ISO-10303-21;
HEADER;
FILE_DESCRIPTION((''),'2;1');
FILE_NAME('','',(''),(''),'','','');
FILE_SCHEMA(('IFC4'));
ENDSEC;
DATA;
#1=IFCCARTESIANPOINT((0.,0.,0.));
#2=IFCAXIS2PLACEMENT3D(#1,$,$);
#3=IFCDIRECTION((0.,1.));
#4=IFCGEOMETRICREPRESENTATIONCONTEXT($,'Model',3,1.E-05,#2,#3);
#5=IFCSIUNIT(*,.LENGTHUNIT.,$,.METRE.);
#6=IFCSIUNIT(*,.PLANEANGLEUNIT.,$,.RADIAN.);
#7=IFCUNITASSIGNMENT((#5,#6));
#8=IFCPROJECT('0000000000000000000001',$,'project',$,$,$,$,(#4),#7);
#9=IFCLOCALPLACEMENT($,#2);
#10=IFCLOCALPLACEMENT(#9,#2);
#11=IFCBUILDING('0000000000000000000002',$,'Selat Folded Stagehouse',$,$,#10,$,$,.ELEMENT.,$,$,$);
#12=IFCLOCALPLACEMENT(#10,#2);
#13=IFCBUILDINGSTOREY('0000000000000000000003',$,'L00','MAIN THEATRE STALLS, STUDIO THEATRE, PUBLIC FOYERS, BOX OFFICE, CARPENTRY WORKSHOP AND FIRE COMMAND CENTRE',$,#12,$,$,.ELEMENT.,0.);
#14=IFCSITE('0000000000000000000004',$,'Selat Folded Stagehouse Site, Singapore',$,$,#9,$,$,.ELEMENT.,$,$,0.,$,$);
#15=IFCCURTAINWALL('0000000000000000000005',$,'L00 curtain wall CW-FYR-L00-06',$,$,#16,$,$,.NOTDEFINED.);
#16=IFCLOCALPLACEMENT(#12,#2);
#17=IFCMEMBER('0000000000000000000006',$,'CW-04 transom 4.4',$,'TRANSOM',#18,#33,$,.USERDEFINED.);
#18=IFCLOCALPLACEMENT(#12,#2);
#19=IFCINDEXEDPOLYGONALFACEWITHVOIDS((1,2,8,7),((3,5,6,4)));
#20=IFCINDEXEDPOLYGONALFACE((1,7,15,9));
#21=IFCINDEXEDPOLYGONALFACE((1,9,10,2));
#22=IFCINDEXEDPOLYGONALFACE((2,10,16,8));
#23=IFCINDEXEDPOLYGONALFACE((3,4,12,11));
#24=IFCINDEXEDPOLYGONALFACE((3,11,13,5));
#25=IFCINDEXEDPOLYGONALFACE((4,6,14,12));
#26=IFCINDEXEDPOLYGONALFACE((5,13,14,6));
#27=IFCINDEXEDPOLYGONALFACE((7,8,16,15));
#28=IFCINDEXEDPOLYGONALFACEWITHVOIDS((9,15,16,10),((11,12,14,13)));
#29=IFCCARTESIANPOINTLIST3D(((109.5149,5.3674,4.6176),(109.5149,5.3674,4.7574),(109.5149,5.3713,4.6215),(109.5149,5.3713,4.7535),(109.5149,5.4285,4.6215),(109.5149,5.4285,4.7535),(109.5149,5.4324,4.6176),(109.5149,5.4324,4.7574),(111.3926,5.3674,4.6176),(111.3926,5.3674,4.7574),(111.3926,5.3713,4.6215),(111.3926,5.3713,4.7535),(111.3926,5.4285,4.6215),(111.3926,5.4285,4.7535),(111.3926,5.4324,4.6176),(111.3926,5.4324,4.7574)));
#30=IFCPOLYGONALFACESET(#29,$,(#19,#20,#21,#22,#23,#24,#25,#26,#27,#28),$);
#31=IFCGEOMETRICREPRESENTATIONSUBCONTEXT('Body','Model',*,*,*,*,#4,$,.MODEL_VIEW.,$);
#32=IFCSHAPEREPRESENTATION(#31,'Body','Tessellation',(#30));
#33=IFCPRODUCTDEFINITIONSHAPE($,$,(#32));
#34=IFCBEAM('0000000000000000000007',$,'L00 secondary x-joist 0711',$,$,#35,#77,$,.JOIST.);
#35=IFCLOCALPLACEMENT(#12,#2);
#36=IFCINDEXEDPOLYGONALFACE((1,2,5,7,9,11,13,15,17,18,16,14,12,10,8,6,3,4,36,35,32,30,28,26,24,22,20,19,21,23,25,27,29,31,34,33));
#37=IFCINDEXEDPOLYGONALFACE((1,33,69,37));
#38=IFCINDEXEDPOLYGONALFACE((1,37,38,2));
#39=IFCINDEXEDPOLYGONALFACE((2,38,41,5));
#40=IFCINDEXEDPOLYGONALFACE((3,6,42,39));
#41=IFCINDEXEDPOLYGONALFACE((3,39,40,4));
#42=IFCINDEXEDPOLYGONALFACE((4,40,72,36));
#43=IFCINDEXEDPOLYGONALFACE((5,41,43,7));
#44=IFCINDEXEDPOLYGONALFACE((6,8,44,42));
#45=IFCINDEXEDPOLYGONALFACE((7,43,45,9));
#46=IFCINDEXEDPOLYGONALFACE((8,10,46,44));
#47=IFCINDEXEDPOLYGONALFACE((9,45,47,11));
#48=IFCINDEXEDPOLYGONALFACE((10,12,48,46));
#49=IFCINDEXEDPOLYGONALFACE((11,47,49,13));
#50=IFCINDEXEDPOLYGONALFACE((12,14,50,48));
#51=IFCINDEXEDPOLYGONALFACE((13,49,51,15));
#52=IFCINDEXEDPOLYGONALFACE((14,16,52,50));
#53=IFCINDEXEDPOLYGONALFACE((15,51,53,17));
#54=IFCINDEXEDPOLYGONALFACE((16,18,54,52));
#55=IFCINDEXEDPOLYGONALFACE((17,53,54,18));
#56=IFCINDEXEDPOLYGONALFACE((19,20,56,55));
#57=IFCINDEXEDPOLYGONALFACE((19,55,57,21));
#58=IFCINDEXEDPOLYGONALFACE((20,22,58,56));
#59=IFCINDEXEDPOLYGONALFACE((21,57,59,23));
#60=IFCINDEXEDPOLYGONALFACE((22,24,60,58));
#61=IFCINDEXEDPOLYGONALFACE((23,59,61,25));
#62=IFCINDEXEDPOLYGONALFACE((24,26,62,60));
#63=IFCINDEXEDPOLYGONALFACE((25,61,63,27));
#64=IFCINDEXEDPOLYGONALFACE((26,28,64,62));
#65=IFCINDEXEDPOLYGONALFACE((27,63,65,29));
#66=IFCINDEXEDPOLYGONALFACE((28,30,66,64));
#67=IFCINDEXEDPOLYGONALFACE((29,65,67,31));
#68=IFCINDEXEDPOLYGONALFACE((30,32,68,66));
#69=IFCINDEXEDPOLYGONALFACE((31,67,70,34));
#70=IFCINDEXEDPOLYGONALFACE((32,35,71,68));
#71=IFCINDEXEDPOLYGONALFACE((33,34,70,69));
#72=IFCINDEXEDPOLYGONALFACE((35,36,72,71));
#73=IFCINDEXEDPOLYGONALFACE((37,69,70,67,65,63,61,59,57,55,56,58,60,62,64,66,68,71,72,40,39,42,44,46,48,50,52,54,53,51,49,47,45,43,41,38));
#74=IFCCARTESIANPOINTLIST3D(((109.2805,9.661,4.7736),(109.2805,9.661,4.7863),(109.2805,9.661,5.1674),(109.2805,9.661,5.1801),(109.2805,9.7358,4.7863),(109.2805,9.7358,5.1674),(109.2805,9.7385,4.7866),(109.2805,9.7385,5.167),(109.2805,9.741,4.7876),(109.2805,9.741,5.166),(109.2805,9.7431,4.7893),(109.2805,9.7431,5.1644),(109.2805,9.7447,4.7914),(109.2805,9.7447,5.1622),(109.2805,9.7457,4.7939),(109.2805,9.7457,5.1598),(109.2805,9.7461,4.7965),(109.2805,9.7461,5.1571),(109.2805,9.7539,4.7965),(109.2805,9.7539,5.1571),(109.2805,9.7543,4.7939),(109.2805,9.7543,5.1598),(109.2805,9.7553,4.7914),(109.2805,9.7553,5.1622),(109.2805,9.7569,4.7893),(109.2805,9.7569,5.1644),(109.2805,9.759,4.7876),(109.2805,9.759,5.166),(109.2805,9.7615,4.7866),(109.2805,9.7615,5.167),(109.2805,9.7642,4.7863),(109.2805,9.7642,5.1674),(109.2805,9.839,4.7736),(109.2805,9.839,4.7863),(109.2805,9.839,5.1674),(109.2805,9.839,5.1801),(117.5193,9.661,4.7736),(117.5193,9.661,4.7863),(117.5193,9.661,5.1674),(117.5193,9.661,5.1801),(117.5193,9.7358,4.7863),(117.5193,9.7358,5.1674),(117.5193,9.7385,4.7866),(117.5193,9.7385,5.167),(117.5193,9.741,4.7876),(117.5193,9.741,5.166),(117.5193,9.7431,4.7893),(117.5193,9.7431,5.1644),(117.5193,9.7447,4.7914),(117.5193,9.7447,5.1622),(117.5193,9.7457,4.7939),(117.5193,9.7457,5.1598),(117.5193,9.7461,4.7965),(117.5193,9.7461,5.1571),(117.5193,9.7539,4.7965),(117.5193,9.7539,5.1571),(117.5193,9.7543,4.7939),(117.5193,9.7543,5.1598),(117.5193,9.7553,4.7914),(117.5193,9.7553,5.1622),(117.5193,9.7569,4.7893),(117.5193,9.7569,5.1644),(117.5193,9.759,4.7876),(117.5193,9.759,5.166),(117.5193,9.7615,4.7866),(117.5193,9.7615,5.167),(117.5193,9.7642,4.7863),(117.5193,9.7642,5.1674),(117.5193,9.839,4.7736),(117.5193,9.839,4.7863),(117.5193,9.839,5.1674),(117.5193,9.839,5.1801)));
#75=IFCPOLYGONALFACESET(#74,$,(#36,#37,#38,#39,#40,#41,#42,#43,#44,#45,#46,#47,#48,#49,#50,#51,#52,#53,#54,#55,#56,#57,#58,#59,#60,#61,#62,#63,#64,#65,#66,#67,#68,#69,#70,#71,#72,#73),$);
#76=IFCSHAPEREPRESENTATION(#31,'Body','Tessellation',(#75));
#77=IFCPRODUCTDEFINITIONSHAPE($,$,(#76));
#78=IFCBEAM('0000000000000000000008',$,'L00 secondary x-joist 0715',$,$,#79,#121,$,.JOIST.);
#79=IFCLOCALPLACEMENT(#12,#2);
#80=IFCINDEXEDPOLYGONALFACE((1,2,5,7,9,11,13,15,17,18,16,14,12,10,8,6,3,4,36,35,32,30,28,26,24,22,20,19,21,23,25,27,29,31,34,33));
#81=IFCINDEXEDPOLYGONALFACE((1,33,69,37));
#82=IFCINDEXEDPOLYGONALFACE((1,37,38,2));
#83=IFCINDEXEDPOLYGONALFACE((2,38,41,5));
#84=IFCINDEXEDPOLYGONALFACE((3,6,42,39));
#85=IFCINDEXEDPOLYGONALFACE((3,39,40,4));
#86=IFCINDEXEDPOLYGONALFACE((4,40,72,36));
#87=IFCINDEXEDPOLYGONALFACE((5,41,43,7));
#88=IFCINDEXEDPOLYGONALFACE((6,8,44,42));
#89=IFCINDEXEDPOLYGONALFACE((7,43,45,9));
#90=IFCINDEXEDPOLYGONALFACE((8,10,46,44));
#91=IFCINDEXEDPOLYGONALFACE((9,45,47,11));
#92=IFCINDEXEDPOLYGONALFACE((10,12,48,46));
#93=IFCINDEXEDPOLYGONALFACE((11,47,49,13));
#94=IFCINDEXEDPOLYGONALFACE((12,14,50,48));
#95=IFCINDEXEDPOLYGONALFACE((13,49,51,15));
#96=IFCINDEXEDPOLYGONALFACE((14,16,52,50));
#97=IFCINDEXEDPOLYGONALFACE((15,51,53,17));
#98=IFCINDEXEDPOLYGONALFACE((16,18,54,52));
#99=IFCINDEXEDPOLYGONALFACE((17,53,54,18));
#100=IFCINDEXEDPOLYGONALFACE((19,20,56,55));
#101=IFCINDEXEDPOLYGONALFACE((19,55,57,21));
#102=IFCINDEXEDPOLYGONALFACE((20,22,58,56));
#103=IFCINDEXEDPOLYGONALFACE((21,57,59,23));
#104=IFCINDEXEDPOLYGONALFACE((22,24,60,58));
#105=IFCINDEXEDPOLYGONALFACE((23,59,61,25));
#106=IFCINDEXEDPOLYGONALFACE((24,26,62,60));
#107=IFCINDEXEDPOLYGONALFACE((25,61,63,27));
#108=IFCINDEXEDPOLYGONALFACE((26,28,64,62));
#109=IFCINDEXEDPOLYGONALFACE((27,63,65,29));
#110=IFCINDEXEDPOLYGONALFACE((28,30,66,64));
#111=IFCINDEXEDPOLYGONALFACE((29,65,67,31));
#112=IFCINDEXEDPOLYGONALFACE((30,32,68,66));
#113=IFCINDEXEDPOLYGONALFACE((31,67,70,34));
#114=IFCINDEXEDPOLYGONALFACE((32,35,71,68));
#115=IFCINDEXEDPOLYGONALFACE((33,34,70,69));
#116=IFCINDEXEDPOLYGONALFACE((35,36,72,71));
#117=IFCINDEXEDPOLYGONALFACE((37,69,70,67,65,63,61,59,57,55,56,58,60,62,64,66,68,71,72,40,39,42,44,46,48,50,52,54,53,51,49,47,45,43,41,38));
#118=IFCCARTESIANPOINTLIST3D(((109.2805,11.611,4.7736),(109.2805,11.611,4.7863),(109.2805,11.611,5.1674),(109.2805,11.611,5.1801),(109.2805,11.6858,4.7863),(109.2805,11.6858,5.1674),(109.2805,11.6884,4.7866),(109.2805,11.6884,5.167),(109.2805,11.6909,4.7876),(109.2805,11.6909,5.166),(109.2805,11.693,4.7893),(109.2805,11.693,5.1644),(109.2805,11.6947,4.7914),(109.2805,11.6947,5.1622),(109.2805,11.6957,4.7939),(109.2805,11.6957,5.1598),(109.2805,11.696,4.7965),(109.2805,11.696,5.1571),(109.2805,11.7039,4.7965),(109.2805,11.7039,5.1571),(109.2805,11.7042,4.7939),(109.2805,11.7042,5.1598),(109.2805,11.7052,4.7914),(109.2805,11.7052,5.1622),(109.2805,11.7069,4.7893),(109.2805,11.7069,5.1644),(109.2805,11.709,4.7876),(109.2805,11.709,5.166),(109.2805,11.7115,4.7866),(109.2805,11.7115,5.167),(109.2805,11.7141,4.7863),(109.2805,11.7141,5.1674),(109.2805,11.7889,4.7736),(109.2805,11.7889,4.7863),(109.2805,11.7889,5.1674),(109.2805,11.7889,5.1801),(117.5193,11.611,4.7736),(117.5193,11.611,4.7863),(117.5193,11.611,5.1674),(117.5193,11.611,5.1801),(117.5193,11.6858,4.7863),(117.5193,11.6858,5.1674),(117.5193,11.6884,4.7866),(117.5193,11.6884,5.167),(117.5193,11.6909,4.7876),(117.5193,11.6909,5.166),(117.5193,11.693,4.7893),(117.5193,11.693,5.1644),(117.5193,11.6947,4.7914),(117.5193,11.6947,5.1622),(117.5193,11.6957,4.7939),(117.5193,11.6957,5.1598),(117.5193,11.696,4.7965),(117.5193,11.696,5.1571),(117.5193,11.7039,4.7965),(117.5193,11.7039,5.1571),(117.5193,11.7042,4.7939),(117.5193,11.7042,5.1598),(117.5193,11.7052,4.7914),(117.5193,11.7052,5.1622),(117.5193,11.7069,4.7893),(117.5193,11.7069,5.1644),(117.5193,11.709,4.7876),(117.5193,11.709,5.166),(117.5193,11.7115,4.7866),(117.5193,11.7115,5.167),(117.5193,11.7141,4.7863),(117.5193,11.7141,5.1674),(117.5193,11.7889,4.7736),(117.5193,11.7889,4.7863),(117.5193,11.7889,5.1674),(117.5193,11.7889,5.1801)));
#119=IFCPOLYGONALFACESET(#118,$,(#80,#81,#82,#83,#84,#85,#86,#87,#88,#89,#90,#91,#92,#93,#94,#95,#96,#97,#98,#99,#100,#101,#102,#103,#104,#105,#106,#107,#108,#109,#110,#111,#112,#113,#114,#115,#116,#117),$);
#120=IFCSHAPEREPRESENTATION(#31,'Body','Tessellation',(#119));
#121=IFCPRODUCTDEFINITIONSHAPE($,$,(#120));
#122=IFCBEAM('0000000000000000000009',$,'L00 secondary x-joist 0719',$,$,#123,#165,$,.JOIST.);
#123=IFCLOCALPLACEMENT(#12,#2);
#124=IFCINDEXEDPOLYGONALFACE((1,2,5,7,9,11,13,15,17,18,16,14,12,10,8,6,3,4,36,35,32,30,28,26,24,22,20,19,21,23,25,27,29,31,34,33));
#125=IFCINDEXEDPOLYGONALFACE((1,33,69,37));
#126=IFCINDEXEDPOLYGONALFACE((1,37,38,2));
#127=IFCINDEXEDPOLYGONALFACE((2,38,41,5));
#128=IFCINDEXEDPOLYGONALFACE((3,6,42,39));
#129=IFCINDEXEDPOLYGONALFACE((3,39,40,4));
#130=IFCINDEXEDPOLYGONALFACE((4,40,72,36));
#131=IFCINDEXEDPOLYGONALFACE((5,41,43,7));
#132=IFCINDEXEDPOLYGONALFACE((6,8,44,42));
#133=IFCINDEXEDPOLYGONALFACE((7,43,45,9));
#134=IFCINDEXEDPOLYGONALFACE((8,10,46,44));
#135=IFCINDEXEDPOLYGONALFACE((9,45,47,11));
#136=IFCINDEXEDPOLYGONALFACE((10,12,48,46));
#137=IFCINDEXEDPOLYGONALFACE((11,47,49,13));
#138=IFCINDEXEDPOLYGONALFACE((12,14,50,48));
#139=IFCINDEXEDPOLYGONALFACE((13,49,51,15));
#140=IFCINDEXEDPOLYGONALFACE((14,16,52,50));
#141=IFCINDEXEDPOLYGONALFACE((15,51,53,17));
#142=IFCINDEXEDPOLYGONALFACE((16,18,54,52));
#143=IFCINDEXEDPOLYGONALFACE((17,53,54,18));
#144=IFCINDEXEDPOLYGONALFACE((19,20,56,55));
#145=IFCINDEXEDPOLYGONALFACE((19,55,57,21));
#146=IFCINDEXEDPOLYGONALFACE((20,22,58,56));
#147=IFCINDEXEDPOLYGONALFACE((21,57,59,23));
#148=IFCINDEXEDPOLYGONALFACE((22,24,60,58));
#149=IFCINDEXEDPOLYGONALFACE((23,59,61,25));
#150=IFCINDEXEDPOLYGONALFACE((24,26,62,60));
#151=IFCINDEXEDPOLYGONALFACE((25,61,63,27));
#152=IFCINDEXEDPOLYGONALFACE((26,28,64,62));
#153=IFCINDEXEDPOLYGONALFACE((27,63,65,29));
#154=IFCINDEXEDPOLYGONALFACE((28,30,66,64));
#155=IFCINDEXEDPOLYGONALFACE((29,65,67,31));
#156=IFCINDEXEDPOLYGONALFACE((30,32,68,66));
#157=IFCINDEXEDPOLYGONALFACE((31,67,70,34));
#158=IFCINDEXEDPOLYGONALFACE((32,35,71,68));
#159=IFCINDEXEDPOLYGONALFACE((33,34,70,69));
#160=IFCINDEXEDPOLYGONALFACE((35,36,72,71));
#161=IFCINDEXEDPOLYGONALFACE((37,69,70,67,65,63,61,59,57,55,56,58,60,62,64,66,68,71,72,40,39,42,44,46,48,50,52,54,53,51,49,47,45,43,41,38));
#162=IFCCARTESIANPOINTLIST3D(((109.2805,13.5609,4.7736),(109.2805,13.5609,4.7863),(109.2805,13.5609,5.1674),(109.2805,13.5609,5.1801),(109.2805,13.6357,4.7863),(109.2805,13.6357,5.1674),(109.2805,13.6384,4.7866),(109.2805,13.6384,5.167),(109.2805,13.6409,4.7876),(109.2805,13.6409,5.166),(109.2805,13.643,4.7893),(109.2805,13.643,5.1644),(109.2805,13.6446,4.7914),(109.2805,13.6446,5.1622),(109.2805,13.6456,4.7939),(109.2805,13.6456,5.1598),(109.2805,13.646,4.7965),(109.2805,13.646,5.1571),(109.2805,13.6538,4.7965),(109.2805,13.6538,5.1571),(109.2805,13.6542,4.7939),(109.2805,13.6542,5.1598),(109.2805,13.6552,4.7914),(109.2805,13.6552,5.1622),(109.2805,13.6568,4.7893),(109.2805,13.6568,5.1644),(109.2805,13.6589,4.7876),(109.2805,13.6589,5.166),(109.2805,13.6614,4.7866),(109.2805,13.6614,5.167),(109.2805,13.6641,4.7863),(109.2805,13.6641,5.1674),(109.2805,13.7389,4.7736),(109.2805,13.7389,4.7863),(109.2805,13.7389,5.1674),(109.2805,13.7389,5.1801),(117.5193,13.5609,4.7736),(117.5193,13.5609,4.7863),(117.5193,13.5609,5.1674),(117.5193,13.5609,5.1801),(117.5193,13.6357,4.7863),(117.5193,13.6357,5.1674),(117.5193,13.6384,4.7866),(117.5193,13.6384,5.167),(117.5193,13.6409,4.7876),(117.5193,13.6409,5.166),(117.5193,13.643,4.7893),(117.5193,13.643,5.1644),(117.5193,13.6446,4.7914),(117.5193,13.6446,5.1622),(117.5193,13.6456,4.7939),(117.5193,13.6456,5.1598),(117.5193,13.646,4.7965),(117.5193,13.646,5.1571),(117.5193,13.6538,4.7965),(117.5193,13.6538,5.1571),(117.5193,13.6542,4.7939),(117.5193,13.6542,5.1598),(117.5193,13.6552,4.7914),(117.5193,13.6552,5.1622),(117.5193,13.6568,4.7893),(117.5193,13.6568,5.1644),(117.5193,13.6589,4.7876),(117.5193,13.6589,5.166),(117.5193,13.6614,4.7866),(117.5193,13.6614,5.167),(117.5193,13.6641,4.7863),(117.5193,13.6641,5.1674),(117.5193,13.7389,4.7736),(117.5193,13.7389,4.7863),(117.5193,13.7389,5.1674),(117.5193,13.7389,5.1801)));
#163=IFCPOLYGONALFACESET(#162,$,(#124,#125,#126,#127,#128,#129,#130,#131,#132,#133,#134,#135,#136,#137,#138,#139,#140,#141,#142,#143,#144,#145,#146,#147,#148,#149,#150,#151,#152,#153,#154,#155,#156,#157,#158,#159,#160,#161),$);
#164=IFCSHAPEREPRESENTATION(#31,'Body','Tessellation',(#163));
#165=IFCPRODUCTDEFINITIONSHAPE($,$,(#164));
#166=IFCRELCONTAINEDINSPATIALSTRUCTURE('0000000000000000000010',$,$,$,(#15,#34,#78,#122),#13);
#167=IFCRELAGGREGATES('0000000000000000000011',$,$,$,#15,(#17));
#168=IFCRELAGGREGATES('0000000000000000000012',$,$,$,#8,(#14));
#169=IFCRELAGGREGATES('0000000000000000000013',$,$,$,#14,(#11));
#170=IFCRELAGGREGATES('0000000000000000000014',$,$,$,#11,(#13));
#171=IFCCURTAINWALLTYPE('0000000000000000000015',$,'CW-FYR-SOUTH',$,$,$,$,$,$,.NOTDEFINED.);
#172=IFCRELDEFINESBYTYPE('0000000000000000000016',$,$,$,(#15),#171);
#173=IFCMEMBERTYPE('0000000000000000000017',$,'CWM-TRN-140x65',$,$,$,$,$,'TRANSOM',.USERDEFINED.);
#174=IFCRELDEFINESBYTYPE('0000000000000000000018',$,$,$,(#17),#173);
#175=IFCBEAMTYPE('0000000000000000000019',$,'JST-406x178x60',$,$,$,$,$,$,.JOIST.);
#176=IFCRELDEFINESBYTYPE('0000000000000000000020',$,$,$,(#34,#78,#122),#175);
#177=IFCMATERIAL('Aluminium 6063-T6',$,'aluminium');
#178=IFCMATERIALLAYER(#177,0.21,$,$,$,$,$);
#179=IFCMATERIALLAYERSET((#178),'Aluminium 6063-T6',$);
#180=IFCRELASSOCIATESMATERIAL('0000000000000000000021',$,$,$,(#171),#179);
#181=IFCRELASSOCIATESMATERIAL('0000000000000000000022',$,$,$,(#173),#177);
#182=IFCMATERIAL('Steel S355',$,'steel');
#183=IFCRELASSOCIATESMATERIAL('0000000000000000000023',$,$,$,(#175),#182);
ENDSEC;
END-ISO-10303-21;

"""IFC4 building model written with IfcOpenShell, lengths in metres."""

from ifc_helpers import new_model, si_unit, direction, frame, origin, origin_2d, place, context, subcontext, project, spatial, hollow_rectangle, i_section, extrude, material, layer, layer_set, material_profile, profile_set, type_object, element, aggregate, save


model = new_model("IFC4")

# Units and contexts
model_context = context("Model", 3, precision=1e-05, world=origin(), true_north=direction((0.0, 1.0)))
body_context = subcontext(model_context, "Body", "Model", "MODEL_VIEW")
ifc_project = project(units=[si_unit("LENGTHUNIT", "METRE"), si_unit("PLANEANGLEUNIT", "RADIAN")], contexts=[model_context])

# Site, building, storey
site_placement = place(None, origin())
site = spatial("IfcSite", under=ifc_project, at=site_placement, Name="Selat Folded Stagehouse Site, Singapore", CompositionType="ELEMENT", RefElevation=0.0)
building_placement = place(site_placement, origin())
building = spatial("IfcBuilding", under=site, at=building_placement, Name="Selat Folded Stagehouse", CompositionType="ELEMENT")
storey_placement = place(building_placement, origin())
storey = spatial("IfcBuildingStorey", under=building, at=storey_placement, Name="L00", Description="MAIN THEATRE STALLS, STUDIO THEATRE, PUBLIC FOYERS, BOX OFFICE, CARPENTRY WORKSHOP AND FIRE COMMAND CENTRE", CompositionType="ELEMENT", Elevation=0.0)

# Curtain wall, member
ifc_material_1 = material(Name="Aluminium 6063-T6", Category="aluminium")
ifc_layer_1 = layer(ifc_material_1, 0.21)
ifc_layer_set_1 = layer_set([ifc_layer_1], Name="Aluminium 6063-T6")
curtain_wall_type = type_object("IfcCurtainWallType", Name="CW-FYR-SOUTH", PredefinedType="NOTDEFINED", material=ifc_layer_set_1)
curtain_wall_placement = place(storey_placement, origin())
curtain_wall = element("IfcCurtainWall", 1, at=curtain_wall_placement, inside=storey, type_object=curtain_wall_type, Name="L00 curtain wall CW-FYR-L00-06", PredefinedType="NOTDEFINED")
ifc_material_profile_1 = material_profile(ifc_material_1, hollow_rectangle(XDim=0.0649, YDim=0.1399, WallThickness=0.0039, at=origin_2d()), Name="ALU 140x65x4.0")
ifc_profile_set_1 = profile_set([ifc_material_profile_1], Name="Aluminium 6063-T6")
member_type_1 = type_object("IfcMemberType", Name="CWM-TRN-140x65", ElementType="TRANSOM", PredefinedType="USERDEFINED", material=ifc_profile_set_1)
member_1_placement = place(storey_placement, frame((111.3926, 5.3999, 4.6875), z_axis=(-1.0, 0.0, 0.0), x_axis=(0.0, -1.0, 0.0)))
member_1 = element("IfcMember", 2, at=member_1_placement, type_object=member_type_1, Name="CW-04 transom 4.4", ObjectType="TRANSOM", PredefinedType="USERDEFINED", context=body_context, shape_type="SweptSolid", body=[
    extrude(hollow_rectangle(XDim=0.0649, YDim=0.1399, WallThickness=0.0039, at=origin_2d()), origin(), (0.0, 0.0, 1.0), 1.8777),
])

# Beams
ifc_material_2 = material(Name="Steel S355", Category="steel")
ifc_material_profile_2 = material_profile(ifc_material_2, i_section(OverallWidth=0.178, OverallDepth=0.4065, WebThickness=0.0078, FlangeThickness=0.0127, FilletRadius=0.0103, at=origin_2d()), Name="UKB 406x178x60")
ifc_profile_set_2 = profile_set([ifc_material_profile_2], Name="Steel S355")
beam_type_1 = type_object("IfcBeamType", Name="JST-406x178x60", PredefinedType="JOIST", material=ifc_profile_set_2)
for number, where, z_axis, x_axis, name in (
    (3, (109.2805, 9.75, 4.9768), (1.0, 0.0, 0.0), (0.0, 1.0, 0.0), "L00 secondary x-joist 0711"),
    (4, (109.2805, 11.7, 4.9768), (1.0, 0.0, 0.0), (0.0, 1.0, 0.0), "L00 secondary x-joist 0715"),
    (5, (109.2805, 13.6499, 4.9768), (1.0, 0.0, 0.0), (0.0, 1.0, 0.0), "L00 secondary x-joist 0719"),
):
    element("IfcBeam", number, at=place(storey_placement, frame(where, z_axis=z_axis, x_axis=x_axis)), inside=storey, type_object=beam_type_1, Name=name, PredefinedType="JOIST", context=body_context, shape_type="SweptSolid", body=[
        extrude(i_section(OverallWidth=0.178, OverallDepth=0.4065, WebThickness=0.0078, FlangeThickness=0.0127, FilletRadius=0.0103, at=origin_2d()), origin(), (0.0, 0.0, 1.0), 8.2388),
    ])

aggregate(curtain_wall, [member_1])

save(model, "model.ifc")
